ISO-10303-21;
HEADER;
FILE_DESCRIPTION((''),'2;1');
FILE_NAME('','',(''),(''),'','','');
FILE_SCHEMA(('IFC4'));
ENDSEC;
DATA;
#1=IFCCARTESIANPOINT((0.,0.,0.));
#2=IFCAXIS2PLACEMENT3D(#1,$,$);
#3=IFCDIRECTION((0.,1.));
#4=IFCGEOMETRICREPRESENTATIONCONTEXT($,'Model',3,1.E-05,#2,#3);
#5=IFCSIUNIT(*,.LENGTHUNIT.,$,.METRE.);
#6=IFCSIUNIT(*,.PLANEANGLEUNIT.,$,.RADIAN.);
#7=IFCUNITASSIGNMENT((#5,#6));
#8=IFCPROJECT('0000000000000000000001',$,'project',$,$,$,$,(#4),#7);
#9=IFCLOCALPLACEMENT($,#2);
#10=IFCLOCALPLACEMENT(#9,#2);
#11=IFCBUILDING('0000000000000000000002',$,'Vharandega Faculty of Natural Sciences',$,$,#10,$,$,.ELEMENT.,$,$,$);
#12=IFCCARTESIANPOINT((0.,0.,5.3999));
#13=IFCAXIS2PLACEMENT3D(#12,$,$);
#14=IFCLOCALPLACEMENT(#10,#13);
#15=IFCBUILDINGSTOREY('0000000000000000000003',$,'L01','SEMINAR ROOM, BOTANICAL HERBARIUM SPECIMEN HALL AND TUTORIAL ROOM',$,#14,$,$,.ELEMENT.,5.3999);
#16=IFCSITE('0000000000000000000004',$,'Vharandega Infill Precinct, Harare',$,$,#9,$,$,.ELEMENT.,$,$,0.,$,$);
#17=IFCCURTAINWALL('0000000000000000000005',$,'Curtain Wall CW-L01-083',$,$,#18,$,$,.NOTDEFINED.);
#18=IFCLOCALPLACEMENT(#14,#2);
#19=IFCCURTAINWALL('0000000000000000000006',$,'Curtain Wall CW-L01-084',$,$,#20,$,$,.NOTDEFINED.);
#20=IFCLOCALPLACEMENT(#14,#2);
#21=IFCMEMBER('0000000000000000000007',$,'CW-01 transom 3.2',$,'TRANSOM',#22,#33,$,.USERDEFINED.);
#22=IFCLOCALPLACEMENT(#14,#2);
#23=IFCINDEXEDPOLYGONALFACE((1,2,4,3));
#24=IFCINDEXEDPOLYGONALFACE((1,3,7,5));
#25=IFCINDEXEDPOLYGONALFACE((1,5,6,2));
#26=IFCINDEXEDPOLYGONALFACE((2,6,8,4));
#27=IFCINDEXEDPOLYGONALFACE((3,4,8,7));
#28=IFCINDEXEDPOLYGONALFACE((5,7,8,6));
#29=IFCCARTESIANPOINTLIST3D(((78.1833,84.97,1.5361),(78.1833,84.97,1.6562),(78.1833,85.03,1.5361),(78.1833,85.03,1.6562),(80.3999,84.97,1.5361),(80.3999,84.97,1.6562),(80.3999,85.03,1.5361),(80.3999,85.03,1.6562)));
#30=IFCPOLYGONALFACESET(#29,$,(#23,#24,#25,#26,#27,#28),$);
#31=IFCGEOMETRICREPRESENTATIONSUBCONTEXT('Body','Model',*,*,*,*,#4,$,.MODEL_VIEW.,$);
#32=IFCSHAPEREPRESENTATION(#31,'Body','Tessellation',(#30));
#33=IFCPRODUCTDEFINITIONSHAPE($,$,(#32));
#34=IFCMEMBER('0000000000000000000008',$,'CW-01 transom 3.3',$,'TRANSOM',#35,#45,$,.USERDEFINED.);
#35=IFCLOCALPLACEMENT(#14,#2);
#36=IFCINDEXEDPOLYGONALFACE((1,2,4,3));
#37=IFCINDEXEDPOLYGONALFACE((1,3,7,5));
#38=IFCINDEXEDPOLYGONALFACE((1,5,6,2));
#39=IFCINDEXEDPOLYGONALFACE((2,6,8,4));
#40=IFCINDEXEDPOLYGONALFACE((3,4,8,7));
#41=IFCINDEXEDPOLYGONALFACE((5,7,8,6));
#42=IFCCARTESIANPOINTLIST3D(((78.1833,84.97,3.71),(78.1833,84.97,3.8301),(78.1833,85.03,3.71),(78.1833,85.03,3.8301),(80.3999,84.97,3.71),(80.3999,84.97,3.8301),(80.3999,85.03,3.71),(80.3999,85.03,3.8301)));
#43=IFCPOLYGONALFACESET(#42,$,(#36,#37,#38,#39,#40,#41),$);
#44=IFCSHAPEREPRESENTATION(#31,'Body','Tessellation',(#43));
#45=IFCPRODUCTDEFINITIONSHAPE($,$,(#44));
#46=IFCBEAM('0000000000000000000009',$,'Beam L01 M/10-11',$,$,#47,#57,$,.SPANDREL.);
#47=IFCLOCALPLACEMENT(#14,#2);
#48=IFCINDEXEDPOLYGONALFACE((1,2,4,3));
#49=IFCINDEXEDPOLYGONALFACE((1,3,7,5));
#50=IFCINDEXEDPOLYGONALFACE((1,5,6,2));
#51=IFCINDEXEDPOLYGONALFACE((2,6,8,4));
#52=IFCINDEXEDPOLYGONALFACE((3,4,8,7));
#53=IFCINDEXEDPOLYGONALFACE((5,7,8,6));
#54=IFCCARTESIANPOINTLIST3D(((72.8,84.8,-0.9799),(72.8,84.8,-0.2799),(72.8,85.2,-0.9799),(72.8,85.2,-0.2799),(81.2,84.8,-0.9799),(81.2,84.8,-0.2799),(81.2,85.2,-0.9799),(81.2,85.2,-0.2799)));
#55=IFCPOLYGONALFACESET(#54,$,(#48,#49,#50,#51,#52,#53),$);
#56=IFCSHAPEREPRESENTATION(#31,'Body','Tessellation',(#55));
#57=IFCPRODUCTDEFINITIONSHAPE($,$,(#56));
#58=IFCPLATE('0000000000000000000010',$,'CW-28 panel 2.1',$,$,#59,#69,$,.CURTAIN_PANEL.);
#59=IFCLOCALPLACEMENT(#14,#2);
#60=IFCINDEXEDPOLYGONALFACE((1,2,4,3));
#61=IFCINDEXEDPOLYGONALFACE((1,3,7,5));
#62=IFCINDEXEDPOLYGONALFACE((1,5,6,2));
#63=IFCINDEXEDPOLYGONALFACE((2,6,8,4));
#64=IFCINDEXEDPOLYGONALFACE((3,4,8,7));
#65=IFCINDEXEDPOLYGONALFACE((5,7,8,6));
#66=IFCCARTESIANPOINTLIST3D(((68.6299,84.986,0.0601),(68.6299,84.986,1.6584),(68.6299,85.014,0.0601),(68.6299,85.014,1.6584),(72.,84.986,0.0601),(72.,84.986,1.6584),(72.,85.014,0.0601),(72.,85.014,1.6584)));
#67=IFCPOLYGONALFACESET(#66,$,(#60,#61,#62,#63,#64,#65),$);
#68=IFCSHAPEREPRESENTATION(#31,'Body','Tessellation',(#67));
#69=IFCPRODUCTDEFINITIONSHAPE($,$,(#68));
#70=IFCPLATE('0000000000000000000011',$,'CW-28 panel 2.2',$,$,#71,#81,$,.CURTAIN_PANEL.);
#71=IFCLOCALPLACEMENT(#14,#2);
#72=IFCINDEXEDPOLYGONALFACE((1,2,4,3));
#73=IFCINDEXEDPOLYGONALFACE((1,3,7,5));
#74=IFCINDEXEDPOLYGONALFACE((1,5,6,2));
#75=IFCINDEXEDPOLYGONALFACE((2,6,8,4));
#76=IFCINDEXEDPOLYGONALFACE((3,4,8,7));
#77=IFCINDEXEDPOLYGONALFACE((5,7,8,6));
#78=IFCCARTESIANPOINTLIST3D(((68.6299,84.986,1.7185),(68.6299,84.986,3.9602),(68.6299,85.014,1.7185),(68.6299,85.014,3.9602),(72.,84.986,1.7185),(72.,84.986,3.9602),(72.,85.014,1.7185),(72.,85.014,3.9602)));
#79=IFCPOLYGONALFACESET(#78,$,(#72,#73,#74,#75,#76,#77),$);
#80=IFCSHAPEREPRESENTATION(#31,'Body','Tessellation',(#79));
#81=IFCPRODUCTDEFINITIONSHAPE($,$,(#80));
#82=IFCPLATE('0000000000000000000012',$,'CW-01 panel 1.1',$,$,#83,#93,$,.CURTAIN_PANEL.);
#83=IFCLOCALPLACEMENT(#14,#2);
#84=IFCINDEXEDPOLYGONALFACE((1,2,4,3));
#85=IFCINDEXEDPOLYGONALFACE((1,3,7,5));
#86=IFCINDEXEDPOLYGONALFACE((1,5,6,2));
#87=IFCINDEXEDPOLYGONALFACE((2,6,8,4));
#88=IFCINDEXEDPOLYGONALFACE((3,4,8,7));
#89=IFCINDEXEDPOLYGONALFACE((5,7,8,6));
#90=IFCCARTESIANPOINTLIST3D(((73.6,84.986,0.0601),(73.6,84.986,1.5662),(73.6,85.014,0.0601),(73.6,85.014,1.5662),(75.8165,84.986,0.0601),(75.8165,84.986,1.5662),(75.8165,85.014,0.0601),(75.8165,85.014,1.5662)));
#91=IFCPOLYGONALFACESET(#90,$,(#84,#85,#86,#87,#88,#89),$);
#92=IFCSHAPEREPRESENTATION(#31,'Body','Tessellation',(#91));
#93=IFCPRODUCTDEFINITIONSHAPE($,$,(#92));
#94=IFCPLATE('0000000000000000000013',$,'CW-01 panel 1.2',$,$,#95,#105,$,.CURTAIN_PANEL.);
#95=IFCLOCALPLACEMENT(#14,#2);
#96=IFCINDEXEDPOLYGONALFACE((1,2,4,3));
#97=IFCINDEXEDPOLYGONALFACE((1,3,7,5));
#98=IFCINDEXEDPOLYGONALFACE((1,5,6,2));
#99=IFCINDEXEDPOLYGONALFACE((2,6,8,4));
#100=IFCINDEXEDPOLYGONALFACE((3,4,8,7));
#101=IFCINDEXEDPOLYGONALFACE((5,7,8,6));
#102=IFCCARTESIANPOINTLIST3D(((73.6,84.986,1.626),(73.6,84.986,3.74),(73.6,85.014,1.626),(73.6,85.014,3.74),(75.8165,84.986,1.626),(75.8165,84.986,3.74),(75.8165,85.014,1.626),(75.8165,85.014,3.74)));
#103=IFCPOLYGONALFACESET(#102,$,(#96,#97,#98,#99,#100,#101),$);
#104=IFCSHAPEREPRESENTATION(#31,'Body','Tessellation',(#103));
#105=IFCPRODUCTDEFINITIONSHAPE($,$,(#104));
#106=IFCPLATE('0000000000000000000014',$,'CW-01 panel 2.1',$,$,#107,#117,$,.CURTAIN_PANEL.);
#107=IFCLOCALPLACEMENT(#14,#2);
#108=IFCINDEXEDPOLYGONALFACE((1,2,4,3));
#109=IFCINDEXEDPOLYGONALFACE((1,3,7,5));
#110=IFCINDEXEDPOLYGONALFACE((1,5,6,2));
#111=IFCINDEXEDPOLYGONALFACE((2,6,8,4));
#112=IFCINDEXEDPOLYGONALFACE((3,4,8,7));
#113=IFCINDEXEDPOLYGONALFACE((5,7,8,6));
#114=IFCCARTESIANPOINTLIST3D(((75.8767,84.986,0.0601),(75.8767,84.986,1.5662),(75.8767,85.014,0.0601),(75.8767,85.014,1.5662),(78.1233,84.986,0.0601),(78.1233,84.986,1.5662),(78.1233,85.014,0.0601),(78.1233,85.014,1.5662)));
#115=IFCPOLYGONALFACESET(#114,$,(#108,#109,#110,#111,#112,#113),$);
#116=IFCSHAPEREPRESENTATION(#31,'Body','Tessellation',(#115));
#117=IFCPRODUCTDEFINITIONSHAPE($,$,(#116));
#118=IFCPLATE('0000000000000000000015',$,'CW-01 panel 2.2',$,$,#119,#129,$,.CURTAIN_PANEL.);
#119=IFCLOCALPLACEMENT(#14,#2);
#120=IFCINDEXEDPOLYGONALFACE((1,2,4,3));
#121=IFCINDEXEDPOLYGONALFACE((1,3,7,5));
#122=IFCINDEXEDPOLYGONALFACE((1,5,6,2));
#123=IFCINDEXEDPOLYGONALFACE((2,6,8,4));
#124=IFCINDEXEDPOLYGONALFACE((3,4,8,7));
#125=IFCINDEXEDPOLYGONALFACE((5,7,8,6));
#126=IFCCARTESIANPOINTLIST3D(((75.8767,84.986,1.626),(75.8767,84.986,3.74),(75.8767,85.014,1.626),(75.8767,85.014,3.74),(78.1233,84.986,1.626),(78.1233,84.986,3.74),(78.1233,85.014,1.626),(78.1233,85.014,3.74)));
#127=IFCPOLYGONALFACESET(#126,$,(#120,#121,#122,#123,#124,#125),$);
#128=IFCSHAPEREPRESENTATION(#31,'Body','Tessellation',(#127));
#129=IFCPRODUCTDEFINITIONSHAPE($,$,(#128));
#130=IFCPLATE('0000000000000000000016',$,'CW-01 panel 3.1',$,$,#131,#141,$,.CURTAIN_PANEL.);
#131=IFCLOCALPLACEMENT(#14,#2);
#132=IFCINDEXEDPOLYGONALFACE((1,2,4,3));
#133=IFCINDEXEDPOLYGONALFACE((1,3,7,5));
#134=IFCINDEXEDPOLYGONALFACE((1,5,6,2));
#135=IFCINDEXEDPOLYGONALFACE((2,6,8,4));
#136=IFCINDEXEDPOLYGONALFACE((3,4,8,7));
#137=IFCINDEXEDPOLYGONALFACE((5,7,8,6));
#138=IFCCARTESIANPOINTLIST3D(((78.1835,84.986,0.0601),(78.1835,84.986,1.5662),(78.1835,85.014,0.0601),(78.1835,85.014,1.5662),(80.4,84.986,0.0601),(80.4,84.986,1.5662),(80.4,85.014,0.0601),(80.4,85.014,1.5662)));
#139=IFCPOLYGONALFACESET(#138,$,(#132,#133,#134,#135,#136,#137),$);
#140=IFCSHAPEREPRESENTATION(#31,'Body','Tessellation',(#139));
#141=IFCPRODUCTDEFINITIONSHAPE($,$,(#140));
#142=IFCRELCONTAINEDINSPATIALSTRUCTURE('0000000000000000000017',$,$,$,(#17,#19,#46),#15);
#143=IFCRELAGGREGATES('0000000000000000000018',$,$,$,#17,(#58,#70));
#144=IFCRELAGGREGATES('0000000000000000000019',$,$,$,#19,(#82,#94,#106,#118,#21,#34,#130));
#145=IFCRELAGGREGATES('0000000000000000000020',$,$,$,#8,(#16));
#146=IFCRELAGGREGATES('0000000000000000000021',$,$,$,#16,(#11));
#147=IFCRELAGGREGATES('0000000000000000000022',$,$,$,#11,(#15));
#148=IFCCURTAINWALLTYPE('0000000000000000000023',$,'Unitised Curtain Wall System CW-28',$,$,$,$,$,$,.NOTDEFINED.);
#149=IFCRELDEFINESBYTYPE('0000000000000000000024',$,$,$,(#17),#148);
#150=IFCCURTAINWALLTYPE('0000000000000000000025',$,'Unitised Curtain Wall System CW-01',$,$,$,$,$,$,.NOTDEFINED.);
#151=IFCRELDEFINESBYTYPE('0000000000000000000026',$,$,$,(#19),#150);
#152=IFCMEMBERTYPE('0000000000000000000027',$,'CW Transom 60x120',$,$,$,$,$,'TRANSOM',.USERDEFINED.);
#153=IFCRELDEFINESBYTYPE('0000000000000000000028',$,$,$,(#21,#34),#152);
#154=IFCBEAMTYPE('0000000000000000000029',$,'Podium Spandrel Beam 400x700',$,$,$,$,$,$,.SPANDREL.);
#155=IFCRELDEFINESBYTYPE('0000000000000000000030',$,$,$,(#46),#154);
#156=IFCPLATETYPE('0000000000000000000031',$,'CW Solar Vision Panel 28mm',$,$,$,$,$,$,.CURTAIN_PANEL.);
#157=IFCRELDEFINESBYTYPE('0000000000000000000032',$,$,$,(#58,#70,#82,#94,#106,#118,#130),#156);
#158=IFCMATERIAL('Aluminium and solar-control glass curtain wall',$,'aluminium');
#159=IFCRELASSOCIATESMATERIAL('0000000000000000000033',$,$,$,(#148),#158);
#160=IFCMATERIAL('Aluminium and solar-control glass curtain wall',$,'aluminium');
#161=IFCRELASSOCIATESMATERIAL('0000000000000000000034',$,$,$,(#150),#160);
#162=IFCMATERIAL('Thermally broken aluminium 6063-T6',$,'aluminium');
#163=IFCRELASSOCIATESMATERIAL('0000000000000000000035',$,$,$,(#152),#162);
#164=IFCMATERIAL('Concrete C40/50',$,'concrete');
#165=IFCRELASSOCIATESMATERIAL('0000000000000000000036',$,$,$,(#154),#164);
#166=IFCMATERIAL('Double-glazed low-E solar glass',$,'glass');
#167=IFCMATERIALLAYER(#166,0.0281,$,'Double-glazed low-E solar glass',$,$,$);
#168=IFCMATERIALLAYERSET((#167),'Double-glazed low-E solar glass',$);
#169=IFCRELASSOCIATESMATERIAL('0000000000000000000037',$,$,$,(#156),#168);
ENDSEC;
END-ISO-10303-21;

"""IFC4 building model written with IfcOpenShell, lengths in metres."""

from ifc_helpers import new_model, si_unit, direction, frame, origin, origin_2d, place, context, subcontext, project, spatial, rectangle, extrude, material, layer, layer_set, material_profile, profile_set, type_object, element, aggregate, save


model = new_model("IFC4")

# Units and contexts
model_context = context("Model", 3, precision=1e-05, world=origin(), true_north=direction((0.0, 1.0)))
body_context = subcontext(model_context, "Body", "Model", "MODEL_VIEW")
ifc_project = project(units=[si_unit("LENGTHUNIT", "METRE"), si_unit("PLANEANGLEUNIT", "RADIAN")], contexts=[model_context])

# Site, building, storey
site_placement = place(None, origin())
site = spatial("IfcSite", under=ifc_project, at=site_placement, Name="Vharandega Infill Precinct, Harare", CompositionType="ELEMENT", RefElevation=0.0)
building_placement = place(site_placement, origin())
building = spatial("IfcBuilding", under=site, at=building_placement, Name="Vharandega Faculty of Natural Sciences", CompositionType="ELEMENT")
storey_placement = place(building_placement, frame((0.0, 0.0, 5.3999)))
storey = spatial("IfcBuildingStorey", under=building, at=storey_placement, Name="L01", Description="SEMINAR ROOM, BOTANICAL HERBARIUM SPECIMEN HALL AND TUTORIAL ROOM", CompositionType="ELEMENT", Elevation=5.3999)

# Curtain wall
ifc_material_1 = material(Name="Aluminium and solar-control glass curtain wall", Category="aluminium")
curtain_wall_type_1 = type_object("IfcCurtainWallType", Name="Unitised Curtain Wall System CW-28", PredefinedType="NOTDEFINED", material=ifc_material_1)
curtain_wall_1_placement = place(storey_placement, origin())
curtain_wall_1 = element("IfcCurtainWall", 1, at=curtain_wall_1_placement, inside=storey, type_object=curtain_wall_type_1, Name="Curtain Wall CW-L01-083", PredefinedType="NOTDEFINED")

# Curtain wall, members
ifc_material_2 = material(Name="Aluminium and solar-control glass curtain wall", Category="aluminium")
curtain_wall_type_2 = type_object("IfcCurtainWallType", Name="Unitised Curtain Wall System CW-01", PredefinedType="NOTDEFINED", material=ifc_material_2)
curtain_wall_2_placement = place(storey_placement, origin())
curtain_wall_2 = element("IfcCurtainWall", 2, at=curtain_wall_2_placement, inside=storey, type_object=curtain_wall_type_2, Name="Curtain Wall CW-L01-084", PredefinedType="NOTDEFINED")
ifc_material_3 = material(Name="Thermally broken aluminium 6063-T6", Category="aluminium")
ifc_material_profile_1 = material_profile(ifc_material_3, rectangle(XDim=0.0601, YDim=0.1201, at=origin_2d()), Name="ALU 60x120")
ifc_profile_set_1 = profile_set([ifc_material_profile_1], Name="Thermally broken aluminium 6063-T6")
member_type_1 = type_object("IfcMemberType", Name="CW Transom 60x120", ElementType="TRANSOM", PredefinedType="USERDEFINED", material=ifc_profile_set_1)
member_1_placement = place(storey_placement, frame((78.1833, 85.0, 1.5962), z_axis=(1.0, 0.0, 0.0), x_axis=(0.0, 1.0, 0.0)))
member_1 = element("IfcMember", 3, at=member_1_placement, type_object=member_type_1, Name="CW-01 transom 3.2", ObjectType="TRANSOM", PredefinedType="USERDEFINED", context=body_context, shape_type="SweptSolid", body=[
    extrude(rectangle(XDim=0.0601, YDim=0.1201, at=origin_2d()), origin(), (0.0, 0.0, 1.0), 2.2166),
])
member_2_placement = place(storey_placement, frame((78.1833, 85.0, 3.77), z_axis=(1.0, 0.0, 0.0), x_axis=(0.0, 1.0, 0.0)))
member_2 = element("IfcMember", 4, at=member_2_placement, type_object=member_type_1, Name="CW-01 transom 3.3", ObjectType="TRANSOM", PredefinedType="USERDEFINED", context=body_context, shape_type="SweptSolid", body=[
    extrude(rectangle(XDim=0.0601, YDim=0.1201, at=origin_2d()), origin(), (0.0, 0.0, 1.0), 2.2166),
])

# Beam
ifc_material_4 = material(Name="Concrete C40/50", Category="concrete")
ifc_material_profile_2 = material_profile(ifc_material_4, rectangle(XDim=0.3999, YDim=0.7, at=origin_2d()), Name="RC 400x700")
ifc_profile_set_2 = profile_set([ifc_material_profile_2], Name="Concrete C40/50")
beam_type = type_object("IfcBeamType", Name="Podium Spandrel Beam 400x700", PredefinedType="SPANDREL", material=ifc_profile_set_2)
beam_placement = place(storey_placement, frame((72.8, 85.0, -0.6299), z_axis=(1.0, 0.0, 0.0), x_axis=(0.0, 1.0, 0.0)))
element("IfcBeam", 5, at=beam_placement, inside=storey, type_object=beam_type, Name="Beam L01 M/10-11", PredefinedType="SPANDREL", context=body_context, shape_type="SweptSolid", body=[
    extrude(rectangle(XDim=0.3999, YDim=0.7, at=origin_2d()), origin(), (0.0, 0.0, 1.0), 8.3999),
])

# Plates
ifc_material_5 = material(Name="Double-glazed low-E solar glass", Category="glass")
ifc_layer = layer(ifc_material_5, 0.0281, Name="Double-glazed low-E solar glass")
ifc_layer_set = layer_set([ifc_layer], Name="Double-glazed low-E solar glass")
plate_type = type_object("IfcPlateType", Name="CW Solar Vision Panel 28mm", PredefinedType="CURTAIN_PANEL", material=ifc_layer_set)
plate_1_placement = place(storey_placement, frame((70.3149, 85.0, 0.0601), z_axis=(0.0, 0.0, 1.0), x_axis=(1.0, 0.0, 0.0)))
plate_1 = element("IfcPlate", 6, at=plate_1_placement, type_object=plate_type, Name="CW-28 panel 2.1", PredefinedType="CURTAIN_PANEL", context=body_context, shape_type="SweptSolid", body=[
    extrude(rectangle(XDim=3.3701, YDim=0.0281, at=origin_2d()), origin(), (0.0, 0.0, 1.0), 1.5984),
])
plate_2_placement = place(storey_placement, frame((70.3149, 85.0, 1.7185), z_axis=(0.0, 0.0, 1.0), x_axis=(1.0, 0.0, 0.0)))
plate_2 = element("IfcPlate", 7, at=plate_2_placement, type_object=plate_type, Name="CW-28 panel 2.2", PredefinedType="CURTAIN_PANEL", context=body_context, shape_type="SweptSolid", body=[
    extrude(rectangle(XDim=3.3701, YDim=0.0281, at=origin_2d()), origin(), (0.0, 0.0, 1.0), 2.2417),
])
aggregate(curtain_wall_1, [plate_1, plate_2])
plate_3_placement = place(storey_placement, frame((74.7083, 85.0, 0.0601), z_axis=(0.0, 0.0, 1.0), x_axis=(1.0, 0.0, 0.0)))
plate_3 = element("IfcPlate", 8, at=plate_3_placement, type_object=plate_type, Name="CW-01 panel 1.1", PredefinedType="CURTAIN_PANEL", context=body_context, shape_type="SweptSolid", body=[
    extrude(rectangle(XDim=2.2166, YDim=0.0281, at=origin_2d()), origin(), (0.0, 0.0, 1.0), 1.5061),
])
plate_4_placement = place(storey_placement, frame((74.7083, 85.0, 1.626), z_axis=(0.0, 0.0, 1.0), x_axis=(1.0, 0.0, 0.0)))
plate_4 = element("IfcPlate", 9, at=plate_4_placement, type_object=plate_type, Name="CW-01 panel 1.2", PredefinedType="CURTAIN_PANEL", context=body_context, shape_type="SweptSolid", body=[
    extrude(rectangle(XDim=2.2166, YDim=0.0281, at=origin_2d()), origin(), (0.0, 0.0, 1.0), 2.114),
])
plate_5_placement = place(storey_placement, frame((77.0, 85.0, 0.0601), z_axis=(0.0, 0.0, 1.0), x_axis=(1.0, 0.0, 0.0)))
plate_5 = element("IfcPlate", 10, at=plate_5_placement, type_object=plate_type, Name="CW-01 panel 2.1", PredefinedType="CURTAIN_PANEL", context=body_context, shape_type="SweptSolid", body=[
    extrude(rectangle(XDim=2.2466, YDim=0.0281, at=origin_2d()), origin(), (0.0, 0.0, 1.0), 1.5061),
])
plate_6_placement = place(storey_placement, frame((77.0, 85.0, 1.626), z_axis=(0.0, 0.0, 1.0), x_axis=(1.0, 0.0, 0.0)))
plate_6 = element("IfcPlate", 11, at=plate_6_placement, type_object=plate_type, Name="CW-01 panel 2.2", PredefinedType="CURTAIN_PANEL", context=body_context, shape_type="SweptSolid", body=[
    extrude(rectangle(XDim=2.2466, YDim=0.0281, at=origin_2d()), origin(), (0.0, 0.0, 1.0), 2.114),
])
plate_7_placement = place(storey_placement, frame((79.2917, 85.0, 0.0601), z_axis=(0.0, 0.0, 1.0), x_axis=(1.0, 0.0, 0.0)))
plate_7 = element("IfcPlate", 12, at=plate_7_placement, type_object=plate_type, Name="CW-01 panel 3.1", PredefinedType="CURTAIN_PANEL", context=body_context, shape_type="SweptSolid", body=[
    extrude(rectangle(XDim=2.2166, YDim=0.0281, at=origin_2d()), origin(), (0.0, 0.0, 1.0), 1.5061),
])
aggregate(curtain_wall_2, [plate_3, plate_4, plate_5, plate_6, member_1, member_2, plate_7])

save(model, "model.ifc")
